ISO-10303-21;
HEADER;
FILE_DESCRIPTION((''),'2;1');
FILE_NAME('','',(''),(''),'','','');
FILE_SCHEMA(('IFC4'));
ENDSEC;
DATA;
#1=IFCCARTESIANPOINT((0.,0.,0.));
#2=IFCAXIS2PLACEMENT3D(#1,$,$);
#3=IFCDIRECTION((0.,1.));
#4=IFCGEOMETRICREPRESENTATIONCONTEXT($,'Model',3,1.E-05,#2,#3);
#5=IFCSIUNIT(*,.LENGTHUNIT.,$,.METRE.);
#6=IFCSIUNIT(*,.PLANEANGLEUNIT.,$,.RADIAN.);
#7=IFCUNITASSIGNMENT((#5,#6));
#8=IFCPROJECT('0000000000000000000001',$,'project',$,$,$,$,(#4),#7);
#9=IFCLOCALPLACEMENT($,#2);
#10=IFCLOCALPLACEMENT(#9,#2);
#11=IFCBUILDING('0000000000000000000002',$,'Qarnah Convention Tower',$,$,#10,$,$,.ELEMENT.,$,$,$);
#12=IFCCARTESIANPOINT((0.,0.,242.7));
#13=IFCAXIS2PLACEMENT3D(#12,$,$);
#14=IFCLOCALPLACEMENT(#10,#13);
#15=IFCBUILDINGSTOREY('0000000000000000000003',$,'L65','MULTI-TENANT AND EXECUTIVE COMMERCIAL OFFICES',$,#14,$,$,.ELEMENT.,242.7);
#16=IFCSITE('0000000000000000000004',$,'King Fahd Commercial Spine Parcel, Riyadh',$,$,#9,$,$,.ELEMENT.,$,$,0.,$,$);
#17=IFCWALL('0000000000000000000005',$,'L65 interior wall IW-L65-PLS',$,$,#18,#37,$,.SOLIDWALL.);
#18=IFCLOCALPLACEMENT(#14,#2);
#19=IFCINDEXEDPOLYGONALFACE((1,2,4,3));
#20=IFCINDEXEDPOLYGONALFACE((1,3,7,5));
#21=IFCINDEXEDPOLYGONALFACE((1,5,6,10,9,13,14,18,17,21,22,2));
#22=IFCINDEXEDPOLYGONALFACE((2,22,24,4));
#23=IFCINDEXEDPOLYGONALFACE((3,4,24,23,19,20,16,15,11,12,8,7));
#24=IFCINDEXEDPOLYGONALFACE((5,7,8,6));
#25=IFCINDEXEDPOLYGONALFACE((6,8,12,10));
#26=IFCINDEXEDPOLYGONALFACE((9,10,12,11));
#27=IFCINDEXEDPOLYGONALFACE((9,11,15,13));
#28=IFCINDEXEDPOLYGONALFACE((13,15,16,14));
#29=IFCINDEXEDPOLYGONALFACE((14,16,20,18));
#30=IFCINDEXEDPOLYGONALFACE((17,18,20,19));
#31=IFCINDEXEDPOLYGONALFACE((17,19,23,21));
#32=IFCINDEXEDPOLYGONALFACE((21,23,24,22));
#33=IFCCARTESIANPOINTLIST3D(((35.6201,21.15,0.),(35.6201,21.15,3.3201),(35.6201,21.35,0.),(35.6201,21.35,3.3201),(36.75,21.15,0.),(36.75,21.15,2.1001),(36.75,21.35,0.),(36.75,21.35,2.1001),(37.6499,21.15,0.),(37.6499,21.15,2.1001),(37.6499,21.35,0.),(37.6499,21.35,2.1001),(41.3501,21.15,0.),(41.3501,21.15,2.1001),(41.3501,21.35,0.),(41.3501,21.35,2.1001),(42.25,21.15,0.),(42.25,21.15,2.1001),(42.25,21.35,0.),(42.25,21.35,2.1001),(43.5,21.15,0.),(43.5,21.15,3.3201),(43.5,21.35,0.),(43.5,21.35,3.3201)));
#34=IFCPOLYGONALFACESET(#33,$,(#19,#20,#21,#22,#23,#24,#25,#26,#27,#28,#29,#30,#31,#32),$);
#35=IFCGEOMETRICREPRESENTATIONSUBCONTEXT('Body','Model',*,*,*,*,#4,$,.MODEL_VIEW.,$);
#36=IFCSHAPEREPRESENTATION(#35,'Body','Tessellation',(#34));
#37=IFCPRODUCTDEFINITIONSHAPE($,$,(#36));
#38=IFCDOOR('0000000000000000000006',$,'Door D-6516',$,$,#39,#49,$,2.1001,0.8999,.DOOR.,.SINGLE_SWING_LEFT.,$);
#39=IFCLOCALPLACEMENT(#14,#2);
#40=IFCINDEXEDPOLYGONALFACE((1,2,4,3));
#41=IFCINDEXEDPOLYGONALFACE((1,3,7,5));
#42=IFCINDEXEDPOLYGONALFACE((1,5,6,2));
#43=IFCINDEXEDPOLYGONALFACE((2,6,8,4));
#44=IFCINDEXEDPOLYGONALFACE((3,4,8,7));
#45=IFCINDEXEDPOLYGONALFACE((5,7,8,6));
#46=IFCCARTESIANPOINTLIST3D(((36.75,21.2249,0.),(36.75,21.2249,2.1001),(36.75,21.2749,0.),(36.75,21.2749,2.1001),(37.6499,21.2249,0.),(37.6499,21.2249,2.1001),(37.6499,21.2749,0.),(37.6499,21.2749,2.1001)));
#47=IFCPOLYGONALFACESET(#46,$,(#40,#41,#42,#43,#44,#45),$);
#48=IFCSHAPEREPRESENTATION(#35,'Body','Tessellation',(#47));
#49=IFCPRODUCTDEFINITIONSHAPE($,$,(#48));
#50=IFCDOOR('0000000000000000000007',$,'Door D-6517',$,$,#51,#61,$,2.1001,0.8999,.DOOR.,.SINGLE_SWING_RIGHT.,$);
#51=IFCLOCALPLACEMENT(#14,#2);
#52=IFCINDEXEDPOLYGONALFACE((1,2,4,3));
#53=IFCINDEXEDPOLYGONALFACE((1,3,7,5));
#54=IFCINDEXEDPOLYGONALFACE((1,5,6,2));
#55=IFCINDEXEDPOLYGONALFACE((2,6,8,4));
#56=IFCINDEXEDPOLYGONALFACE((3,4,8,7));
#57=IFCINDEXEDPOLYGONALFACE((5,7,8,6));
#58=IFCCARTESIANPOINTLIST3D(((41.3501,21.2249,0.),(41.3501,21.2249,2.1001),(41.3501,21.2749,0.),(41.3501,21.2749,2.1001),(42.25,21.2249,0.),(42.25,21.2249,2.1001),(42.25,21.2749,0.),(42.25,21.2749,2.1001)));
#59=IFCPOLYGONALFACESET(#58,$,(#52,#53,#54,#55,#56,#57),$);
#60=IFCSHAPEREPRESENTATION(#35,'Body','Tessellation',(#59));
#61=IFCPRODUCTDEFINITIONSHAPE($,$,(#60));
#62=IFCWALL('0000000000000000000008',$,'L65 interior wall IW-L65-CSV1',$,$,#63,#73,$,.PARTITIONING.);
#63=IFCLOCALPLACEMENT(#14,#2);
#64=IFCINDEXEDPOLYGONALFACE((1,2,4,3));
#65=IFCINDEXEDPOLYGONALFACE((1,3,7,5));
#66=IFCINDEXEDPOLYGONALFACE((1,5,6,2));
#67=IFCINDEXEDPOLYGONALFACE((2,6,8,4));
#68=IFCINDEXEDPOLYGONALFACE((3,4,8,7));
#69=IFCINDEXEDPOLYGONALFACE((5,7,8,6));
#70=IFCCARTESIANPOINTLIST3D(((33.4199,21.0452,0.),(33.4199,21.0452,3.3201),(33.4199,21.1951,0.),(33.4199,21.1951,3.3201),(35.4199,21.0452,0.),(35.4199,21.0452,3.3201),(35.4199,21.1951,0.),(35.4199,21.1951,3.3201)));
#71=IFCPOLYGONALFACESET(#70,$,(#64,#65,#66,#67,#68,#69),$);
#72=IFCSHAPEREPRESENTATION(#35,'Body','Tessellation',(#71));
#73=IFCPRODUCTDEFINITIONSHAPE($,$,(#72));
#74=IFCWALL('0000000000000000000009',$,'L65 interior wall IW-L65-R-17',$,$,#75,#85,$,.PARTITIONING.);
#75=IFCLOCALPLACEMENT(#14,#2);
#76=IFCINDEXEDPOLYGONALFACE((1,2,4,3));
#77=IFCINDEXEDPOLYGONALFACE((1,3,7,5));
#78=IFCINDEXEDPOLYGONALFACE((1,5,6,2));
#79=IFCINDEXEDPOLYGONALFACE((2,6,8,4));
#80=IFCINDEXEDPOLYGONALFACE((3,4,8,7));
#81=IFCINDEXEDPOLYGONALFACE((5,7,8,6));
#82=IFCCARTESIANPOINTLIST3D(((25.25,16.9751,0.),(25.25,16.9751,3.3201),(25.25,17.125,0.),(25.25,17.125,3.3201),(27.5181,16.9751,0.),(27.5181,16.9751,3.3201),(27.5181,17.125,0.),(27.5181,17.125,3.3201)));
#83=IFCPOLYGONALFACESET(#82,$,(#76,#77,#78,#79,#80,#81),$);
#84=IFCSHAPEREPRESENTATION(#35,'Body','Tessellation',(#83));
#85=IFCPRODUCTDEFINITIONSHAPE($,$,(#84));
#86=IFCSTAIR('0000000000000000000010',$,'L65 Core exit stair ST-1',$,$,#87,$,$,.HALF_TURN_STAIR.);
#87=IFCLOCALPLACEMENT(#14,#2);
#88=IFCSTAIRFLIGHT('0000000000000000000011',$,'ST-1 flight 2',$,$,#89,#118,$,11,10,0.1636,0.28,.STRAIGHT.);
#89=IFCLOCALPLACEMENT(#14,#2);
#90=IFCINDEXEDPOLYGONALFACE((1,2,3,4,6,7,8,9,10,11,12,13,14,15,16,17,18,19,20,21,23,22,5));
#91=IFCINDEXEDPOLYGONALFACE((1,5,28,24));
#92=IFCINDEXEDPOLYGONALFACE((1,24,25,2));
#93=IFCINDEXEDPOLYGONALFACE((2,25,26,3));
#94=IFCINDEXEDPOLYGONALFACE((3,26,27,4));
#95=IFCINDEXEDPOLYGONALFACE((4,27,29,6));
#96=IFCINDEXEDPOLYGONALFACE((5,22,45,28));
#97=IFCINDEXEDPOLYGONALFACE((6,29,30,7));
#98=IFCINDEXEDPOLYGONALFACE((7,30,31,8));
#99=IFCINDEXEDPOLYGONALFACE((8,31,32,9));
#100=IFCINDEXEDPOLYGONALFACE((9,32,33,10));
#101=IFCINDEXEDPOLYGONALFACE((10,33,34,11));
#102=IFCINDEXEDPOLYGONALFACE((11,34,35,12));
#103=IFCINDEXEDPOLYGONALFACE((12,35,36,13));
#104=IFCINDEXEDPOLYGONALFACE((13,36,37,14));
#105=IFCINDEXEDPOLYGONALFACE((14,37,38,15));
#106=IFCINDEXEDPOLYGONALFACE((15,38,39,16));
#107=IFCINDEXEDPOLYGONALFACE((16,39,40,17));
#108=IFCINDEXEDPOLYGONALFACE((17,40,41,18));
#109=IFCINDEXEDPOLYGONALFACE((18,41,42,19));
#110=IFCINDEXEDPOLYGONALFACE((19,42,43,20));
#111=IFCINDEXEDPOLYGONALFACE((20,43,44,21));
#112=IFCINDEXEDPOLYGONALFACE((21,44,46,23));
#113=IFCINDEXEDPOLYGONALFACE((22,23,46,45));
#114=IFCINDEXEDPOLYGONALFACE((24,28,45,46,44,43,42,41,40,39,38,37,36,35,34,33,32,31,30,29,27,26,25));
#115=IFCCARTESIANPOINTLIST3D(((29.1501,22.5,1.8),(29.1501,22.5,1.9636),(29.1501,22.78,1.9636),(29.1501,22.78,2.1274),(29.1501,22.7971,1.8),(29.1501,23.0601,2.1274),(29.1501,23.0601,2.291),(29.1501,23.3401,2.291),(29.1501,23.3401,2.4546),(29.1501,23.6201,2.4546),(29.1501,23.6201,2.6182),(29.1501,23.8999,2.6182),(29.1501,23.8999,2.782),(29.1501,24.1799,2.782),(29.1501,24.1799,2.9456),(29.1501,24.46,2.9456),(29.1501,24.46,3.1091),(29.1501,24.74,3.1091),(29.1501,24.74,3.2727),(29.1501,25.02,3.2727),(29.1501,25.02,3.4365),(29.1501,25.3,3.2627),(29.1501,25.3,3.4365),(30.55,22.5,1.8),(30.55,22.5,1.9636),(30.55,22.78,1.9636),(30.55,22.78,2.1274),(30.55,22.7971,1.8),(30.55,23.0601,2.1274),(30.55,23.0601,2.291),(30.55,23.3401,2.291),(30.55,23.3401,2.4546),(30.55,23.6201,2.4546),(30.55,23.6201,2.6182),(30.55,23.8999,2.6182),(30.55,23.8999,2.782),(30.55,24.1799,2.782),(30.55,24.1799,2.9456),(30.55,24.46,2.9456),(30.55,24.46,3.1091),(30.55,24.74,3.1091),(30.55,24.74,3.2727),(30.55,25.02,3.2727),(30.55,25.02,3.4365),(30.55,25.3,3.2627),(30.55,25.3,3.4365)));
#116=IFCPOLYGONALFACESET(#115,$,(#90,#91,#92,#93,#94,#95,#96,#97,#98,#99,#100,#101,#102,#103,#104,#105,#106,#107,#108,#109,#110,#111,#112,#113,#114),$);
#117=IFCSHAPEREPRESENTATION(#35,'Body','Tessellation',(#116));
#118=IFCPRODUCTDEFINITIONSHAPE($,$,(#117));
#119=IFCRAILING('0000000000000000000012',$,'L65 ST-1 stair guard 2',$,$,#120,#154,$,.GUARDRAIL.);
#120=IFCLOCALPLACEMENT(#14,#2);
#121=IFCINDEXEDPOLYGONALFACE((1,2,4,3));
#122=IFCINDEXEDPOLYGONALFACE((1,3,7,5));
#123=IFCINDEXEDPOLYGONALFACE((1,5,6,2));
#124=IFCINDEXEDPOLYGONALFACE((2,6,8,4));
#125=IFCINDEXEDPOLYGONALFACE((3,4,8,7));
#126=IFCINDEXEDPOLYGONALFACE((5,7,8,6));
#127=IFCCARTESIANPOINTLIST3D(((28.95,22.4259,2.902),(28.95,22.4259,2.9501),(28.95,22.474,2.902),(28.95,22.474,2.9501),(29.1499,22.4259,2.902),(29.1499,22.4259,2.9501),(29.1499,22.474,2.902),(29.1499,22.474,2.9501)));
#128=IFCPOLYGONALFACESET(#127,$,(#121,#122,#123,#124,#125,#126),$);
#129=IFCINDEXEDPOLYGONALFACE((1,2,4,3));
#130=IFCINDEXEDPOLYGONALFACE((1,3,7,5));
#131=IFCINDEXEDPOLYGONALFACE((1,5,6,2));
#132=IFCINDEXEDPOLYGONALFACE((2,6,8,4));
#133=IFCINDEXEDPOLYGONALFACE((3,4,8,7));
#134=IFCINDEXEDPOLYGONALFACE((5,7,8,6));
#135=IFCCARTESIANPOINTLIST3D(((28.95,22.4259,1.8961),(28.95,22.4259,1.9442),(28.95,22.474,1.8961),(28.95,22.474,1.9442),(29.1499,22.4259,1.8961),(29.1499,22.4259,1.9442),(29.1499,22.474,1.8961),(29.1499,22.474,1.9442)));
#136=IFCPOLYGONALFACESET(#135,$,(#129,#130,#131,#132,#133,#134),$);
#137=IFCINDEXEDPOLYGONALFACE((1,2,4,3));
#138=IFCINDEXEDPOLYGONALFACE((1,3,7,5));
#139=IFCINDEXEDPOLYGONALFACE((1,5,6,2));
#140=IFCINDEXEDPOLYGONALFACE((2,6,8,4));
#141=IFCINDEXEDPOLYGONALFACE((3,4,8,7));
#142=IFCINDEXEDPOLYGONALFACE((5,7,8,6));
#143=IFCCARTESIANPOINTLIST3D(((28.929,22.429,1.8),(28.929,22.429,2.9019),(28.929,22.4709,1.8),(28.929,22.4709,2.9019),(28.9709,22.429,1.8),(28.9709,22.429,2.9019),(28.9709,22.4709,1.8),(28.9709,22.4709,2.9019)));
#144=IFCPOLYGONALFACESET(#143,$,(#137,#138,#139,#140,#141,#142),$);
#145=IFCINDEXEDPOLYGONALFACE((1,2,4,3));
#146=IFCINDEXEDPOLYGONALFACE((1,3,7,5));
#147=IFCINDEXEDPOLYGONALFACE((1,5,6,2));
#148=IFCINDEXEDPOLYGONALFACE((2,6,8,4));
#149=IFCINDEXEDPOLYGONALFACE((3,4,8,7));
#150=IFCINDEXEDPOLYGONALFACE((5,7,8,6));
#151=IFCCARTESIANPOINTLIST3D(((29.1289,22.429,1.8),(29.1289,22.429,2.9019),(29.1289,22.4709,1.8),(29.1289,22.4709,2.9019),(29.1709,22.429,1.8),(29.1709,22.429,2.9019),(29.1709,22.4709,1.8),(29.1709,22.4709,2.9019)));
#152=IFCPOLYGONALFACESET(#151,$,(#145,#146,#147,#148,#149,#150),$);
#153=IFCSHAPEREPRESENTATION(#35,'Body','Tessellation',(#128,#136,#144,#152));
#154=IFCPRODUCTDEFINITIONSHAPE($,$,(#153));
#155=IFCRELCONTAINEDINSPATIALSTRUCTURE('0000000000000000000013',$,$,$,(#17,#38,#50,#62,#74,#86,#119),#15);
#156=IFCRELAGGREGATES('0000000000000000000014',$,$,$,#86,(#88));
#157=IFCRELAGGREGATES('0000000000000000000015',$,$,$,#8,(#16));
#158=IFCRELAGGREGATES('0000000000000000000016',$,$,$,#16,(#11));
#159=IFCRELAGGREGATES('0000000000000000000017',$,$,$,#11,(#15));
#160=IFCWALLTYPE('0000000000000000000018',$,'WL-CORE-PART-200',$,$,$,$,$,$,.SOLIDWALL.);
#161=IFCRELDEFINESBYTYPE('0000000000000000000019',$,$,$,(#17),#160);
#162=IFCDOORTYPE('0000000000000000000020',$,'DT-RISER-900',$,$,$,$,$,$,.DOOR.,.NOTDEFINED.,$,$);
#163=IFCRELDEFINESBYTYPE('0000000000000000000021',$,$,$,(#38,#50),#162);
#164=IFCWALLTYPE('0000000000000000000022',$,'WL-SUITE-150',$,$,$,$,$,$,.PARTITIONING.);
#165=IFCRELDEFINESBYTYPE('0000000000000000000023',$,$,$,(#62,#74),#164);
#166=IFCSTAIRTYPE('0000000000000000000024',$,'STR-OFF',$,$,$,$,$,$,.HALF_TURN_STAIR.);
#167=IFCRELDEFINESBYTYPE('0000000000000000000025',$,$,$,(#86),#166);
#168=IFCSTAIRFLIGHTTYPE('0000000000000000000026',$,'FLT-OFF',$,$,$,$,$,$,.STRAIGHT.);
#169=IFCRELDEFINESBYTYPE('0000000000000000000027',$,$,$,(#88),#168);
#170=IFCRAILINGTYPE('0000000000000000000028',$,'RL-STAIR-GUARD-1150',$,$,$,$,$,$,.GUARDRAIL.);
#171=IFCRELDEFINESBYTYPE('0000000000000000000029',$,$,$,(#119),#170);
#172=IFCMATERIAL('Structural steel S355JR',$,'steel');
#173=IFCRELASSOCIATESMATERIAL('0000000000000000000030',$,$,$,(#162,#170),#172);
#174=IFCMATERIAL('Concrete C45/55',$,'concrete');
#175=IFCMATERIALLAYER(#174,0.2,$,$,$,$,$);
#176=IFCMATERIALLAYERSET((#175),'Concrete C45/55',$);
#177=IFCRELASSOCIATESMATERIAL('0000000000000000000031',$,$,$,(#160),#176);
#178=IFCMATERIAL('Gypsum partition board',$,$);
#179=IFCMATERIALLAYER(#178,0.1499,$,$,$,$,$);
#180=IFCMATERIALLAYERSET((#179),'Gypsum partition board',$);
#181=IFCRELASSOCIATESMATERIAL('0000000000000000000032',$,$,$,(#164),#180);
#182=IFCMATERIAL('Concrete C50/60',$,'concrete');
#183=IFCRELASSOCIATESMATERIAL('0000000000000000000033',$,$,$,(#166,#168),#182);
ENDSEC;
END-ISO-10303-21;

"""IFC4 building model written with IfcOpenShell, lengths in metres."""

from ifc_helpers import new_model, si_unit, direction, frame, frame_2d, origin, origin_2d, place, context, subcontext, project, spatial, polyline, rectangle, outline, extrude, material, layer, layer_set, type_object, element, fill, aggregate, save


model = new_model("IFC4")

# Units and contexts
model_context = context("Model", 3, precision=1e-05, world=origin(), true_north=direction((0.0, 1.0)))
body_context = subcontext(model_context, "Body", "Model", "MODEL_VIEW")
ifc_project = project(units=[si_unit("LENGTHUNIT", "METRE"), si_unit("PLANEANGLEUNIT", "RADIAN")], contexts=[model_context])

# Site, building, storey
site_placement = place(None, origin())
site = spatial("IfcSite", under=ifc_project, at=site_placement, Name="King Fahd Commercial Spine Parcel, Riyadh", CompositionType="ELEMENT", RefElevation=0.0)
building_placement = place(site_placement, origin())
building = spatial("IfcBuilding", under=site, at=building_placement, Name="Qarnah Convention Tower", CompositionType="ELEMENT")
storey_placement = place(building_placement, frame((0.0, 0.0, 242.7)))
storey = spatial("IfcBuildingStorey", under=building, at=storey_placement, Name="L65", Description="MULTI-TENANT AND EXECUTIVE COMMERCIAL OFFICES", CompositionType="ELEMENT", Elevation=242.7)

# Shared definitions
ifc_material_1 = material(Name="Concrete C50/60", Category="concrete")

# Shared definitions
ifc_material_2 = material(Name="Structural steel S355JR", Category="steel")

# Shared definitions
door_type_1 = type_object("IfcDoorType", Name="DT-RISER-900", OperationType="NOTDEFINED", PredefinedType="DOOR", material=ifc_material_2)
ifc_material_3 = material(Name="Concrete C45/55", Category="concrete")
ifc_layer_1 = layer(ifc_material_3, 0.2)
ifc_layer_set_1 = layer_set([ifc_layer_1], Name="Concrete C45/55")
wall_type_1 = type_object("IfcWallType", Name="WL-CORE-PART-200", PredefinedType="SOLIDWALL", material=ifc_layer_set_1)

# Wall, openings, doors
wall_1_placement = place(storey_placement, frame((35.6201, 21.25, 0.0), z_axis=(0.0, 0.0, 1.0), x_axis=(1.0, 0.0, 0.0)))
wall_1 = element("IfcWall", 1, at=wall_1_placement, inside=storey, type_object=wall_type_1, Name="L65 interior wall IW-L65-PLS", PredefinedType="SOLIDWALL", context=body_context, shape_type="SweptSolid", body=[
    extrude(rectangle(XDim=7.8799, YDim=0.2, at=frame_2d((3.9399, 0.0))), origin(), (0.0, 0.0, 1.0), 3.3201),
])
opening_1_placement = place(wall_1_placement, frame((1.1299, 0.0, 0.0)))
opening_1 = element("IfcOpeningElement", 2, at=opening_1_placement, cuts=wall_1, PredefinedType="OPENING", context=body_context, shape_type="SweptSolid", body=[
    extrude(rectangle(XDim=0.8999, YDim=2.1001, at=frame_2d((0.45, 1.05))), frame((0.0, 0.1099, 0.0), z_axis=(0.0, -1.0, 0.0), x_axis=(1.0, 0.0, 0.0)), (0.0, 0.0, 1.0), 0.22),
])
opening_2_placement = place(wall_1_placement, frame((5.73, 0.0, 0.0)))
opening_2 = element("IfcOpeningElement", 3, at=opening_2_placement, cuts=wall_1, PredefinedType="OPENING", context=body_context, shape_type="SweptSolid", body=[
    extrude(rectangle(XDim=0.8999, YDim=2.1001, at=frame_2d((0.45, 1.05))), frame((0.0, 0.1099, 0.0), z_axis=(0.0, -1.0, 0.0), x_axis=(1.0, 0.0, 0.0)), (0.0, 0.0, 1.0), 0.22),
])
door_1_placement = place(opening_1_placement, origin())
door_1 = element("IfcDoor", 4, at=door_1_placement, inside=storey, type_object=door_type_1, Name="Door D-6516", OperationType="SINGLE_SWING_LEFT", OverallHeight=2.1001, OverallWidth=0.8999, PredefinedType="DOOR", context=body_context, shape_type="SweptSolid", body=[
    extrude(rectangle(XDim=0.8999, YDim=2.1001, at=frame_2d((0.45, 1.05))), frame((0.0, 0.0249, 0.0), z_axis=(0.0, -1.0, 0.0), x_axis=(1.0, 0.0, 0.0)), (0.0, 0.0, 1.0), 0.05),
])
fill(opening_1, door_1)
door_2_placement = place(opening_2_placement, origin())
door_2 = element("IfcDoor", 5, at=door_2_placement, inside=storey, type_object=door_type_1, Name="Door D-6517", OperationType="SINGLE_SWING_RIGHT", OverallHeight=2.1001, OverallWidth=0.8999, PredefinedType="DOOR", context=body_context, shape_type="SweptSolid", body=[
    extrude(rectangle(XDim=0.8999, YDim=2.1001, at=frame_2d((0.45, 1.05))), frame((0.0, 0.0249, 0.0), z_axis=(0.0, -1.0, 0.0), x_axis=(1.0, 0.0, 0.0)), (0.0, 0.0, 1.0), 0.05),
])
fill(opening_2, door_2)

# Walls
ifc_material_4 = material(Name="Gypsum partition board")
ifc_layer_2 = layer(ifc_material_4, 0.1499)
ifc_layer_set_2 = layer_set([ifc_layer_2], Name="Gypsum partition board")
wall_type_2 = type_object("IfcWallType", Name="WL-SUITE-150", PredefinedType="PARTITIONING", material=ifc_layer_set_2)
wall_2_placement = place(storey_placement, frame((33.4199, 21.1201, 0.0), z_axis=(0.0, 0.0, 1.0), x_axis=(1.0, 0.0, 0.0)))
element("IfcWall", 6, at=wall_2_placement, inside=storey, type_object=wall_type_2, Name="L65 interior wall IW-L65-CSV1", PredefinedType="PARTITIONING", context=body_context, shape_type="SweptSolid", body=[
    extrude(rectangle(XDim=2.0, YDim=0.1499, at=frame_2d((1.0, 0.0))), origin(), (0.0, 0.0, 1.0), 3.3201),
])
wall_3_placement = place(storey_placement, frame((27.5181, 17.05, 0.0), z_axis=(0.0, 0.0, 1.0), x_axis=(-1.0, 0.0, 0.0)))
element("IfcWall", 7, at=wall_3_placement, inside=storey, type_object=wall_type_2, Name="L65 interior wall IW-L65-R-17", PredefinedType="PARTITIONING", context=body_context, shape_type="SweptSolid", body=[
    extrude(rectangle(XDim=2.2681, YDim=0.1499, at=frame_2d((1.134, 0.0))), origin(), (0.0, 0.0, 1.0), 3.3201),
])

# Stair, stair flight
stair_type = type_object("IfcStairType", Name="STR-OFF", PredefinedType="HALF_TURN_STAIR", material=ifc_material_1)
stair_placement = place(storey_placement, origin())
stair = element("IfcStair", 8, at=stair_placement, inside=storey, type_object=stair_type, Name="L65 Core exit stair ST-1", PredefinedType="HALF_TURN_STAIR")
stair_flight_type = type_object("IfcStairFlightType", Name="FLT-OFF", PredefinedType="STRAIGHT", material=ifc_material_1)
stair_flight_placement = place(storey_placement, frame((29.8501, 22.5, 1.8), z_axis=(0.0, 0.0, 1.0), x_axis=(0.0, 1.0, 0.0)))
stair_flight = element("IfcStairFlight", 9, at=stair_flight_placement, type_object=stair_flight_type, Name="ST-1 flight 2", NumberOfRisers=11, NumberOfTreads=10, PredefinedType="STRAIGHT", RiserHeight=0.1636, TreadLength=0.28, context=body_context, shape_type="SweptSolid", body=[
    extrude(outline(polyline([(0.0, 0.0), (0.0, 0.1636), (0.28, 0.1636), (0.28, 0.3274), (0.5601, 0.3274), (0.5601, 0.491), (0.8401, 0.491), (0.8401, 0.6545), (1.1201, 0.6545), (1.1201, 0.8181), (1.3999, 0.8181), (1.3999, 0.9819), (1.6799, 0.9819), (1.6799, 1.1455), (1.96, 1.1455), (1.96, 1.3091), (2.24, 1.3091), (2.24, 1.4727), (2.52, 1.4727), (2.52, 1.6365), (2.8, 1.6365), (2.8, 1.8), (2.8, 1.4626), (0.2971, 0.0), (0.0, 0.0)])), frame((0.0, 0.7, 0.0), z_axis=(0.0, -1.0, 0.0), x_axis=(1.0, 0.0, 0.0)), (0.0, 0.0, 1.0), 1.3999),
])
aggregate(stair, [stair_flight])

# Railing
railing_type_1 = type_object("IfcRailingType", Name="RL-STAIR-GUARD-1150", PredefinedType="GUARDRAIL", material=ifc_material_2)
railing_1_placement = place(storey_placement, frame((28.95, 22.45, 1.8)))
element("IfcRailing", 10, at=railing_1_placement, inside=storey, type_object=railing_type_1, Name="L65 ST-1 stair guard 2", PredefinedType="GUARDRAIL", context=body_context, shape_type="SweptSolid", body=[
    extrude(rectangle(XDim=0.0481, YDim=0.0481, at=origin_2d()), frame((0.0, 0.0, 1.126), z_axis=(1.0, 0.0, 0.0), x_axis=(0.0, 1.0, 0.0)), (0.0, 0.0, 1.0), 0.2),
    extrude(rectangle(XDim=0.0481, YDim=0.0481, at=origin_2d()), frame((0.0, 0.0, 0.1201), z_axis=(1.0, 0.0, 0.0), x_axis=(0.0, 1.0, 0.0)), (0.0, 0.0, 1.0), 0.2),
    extrude(rectangle(XDim=0.042, YDim=0.042, at=origin_2d()), origin(), (0.0, 0.0, 1.0), 1.1018),
    extrude(rectangle(XDim=0.042, YDim=0.042, at=origin_2d()), frame((0.2, 0.0, 0.0)), (0.0, 0.0, 1.0), 1.1018),
])

save(model, "model.ifc")
